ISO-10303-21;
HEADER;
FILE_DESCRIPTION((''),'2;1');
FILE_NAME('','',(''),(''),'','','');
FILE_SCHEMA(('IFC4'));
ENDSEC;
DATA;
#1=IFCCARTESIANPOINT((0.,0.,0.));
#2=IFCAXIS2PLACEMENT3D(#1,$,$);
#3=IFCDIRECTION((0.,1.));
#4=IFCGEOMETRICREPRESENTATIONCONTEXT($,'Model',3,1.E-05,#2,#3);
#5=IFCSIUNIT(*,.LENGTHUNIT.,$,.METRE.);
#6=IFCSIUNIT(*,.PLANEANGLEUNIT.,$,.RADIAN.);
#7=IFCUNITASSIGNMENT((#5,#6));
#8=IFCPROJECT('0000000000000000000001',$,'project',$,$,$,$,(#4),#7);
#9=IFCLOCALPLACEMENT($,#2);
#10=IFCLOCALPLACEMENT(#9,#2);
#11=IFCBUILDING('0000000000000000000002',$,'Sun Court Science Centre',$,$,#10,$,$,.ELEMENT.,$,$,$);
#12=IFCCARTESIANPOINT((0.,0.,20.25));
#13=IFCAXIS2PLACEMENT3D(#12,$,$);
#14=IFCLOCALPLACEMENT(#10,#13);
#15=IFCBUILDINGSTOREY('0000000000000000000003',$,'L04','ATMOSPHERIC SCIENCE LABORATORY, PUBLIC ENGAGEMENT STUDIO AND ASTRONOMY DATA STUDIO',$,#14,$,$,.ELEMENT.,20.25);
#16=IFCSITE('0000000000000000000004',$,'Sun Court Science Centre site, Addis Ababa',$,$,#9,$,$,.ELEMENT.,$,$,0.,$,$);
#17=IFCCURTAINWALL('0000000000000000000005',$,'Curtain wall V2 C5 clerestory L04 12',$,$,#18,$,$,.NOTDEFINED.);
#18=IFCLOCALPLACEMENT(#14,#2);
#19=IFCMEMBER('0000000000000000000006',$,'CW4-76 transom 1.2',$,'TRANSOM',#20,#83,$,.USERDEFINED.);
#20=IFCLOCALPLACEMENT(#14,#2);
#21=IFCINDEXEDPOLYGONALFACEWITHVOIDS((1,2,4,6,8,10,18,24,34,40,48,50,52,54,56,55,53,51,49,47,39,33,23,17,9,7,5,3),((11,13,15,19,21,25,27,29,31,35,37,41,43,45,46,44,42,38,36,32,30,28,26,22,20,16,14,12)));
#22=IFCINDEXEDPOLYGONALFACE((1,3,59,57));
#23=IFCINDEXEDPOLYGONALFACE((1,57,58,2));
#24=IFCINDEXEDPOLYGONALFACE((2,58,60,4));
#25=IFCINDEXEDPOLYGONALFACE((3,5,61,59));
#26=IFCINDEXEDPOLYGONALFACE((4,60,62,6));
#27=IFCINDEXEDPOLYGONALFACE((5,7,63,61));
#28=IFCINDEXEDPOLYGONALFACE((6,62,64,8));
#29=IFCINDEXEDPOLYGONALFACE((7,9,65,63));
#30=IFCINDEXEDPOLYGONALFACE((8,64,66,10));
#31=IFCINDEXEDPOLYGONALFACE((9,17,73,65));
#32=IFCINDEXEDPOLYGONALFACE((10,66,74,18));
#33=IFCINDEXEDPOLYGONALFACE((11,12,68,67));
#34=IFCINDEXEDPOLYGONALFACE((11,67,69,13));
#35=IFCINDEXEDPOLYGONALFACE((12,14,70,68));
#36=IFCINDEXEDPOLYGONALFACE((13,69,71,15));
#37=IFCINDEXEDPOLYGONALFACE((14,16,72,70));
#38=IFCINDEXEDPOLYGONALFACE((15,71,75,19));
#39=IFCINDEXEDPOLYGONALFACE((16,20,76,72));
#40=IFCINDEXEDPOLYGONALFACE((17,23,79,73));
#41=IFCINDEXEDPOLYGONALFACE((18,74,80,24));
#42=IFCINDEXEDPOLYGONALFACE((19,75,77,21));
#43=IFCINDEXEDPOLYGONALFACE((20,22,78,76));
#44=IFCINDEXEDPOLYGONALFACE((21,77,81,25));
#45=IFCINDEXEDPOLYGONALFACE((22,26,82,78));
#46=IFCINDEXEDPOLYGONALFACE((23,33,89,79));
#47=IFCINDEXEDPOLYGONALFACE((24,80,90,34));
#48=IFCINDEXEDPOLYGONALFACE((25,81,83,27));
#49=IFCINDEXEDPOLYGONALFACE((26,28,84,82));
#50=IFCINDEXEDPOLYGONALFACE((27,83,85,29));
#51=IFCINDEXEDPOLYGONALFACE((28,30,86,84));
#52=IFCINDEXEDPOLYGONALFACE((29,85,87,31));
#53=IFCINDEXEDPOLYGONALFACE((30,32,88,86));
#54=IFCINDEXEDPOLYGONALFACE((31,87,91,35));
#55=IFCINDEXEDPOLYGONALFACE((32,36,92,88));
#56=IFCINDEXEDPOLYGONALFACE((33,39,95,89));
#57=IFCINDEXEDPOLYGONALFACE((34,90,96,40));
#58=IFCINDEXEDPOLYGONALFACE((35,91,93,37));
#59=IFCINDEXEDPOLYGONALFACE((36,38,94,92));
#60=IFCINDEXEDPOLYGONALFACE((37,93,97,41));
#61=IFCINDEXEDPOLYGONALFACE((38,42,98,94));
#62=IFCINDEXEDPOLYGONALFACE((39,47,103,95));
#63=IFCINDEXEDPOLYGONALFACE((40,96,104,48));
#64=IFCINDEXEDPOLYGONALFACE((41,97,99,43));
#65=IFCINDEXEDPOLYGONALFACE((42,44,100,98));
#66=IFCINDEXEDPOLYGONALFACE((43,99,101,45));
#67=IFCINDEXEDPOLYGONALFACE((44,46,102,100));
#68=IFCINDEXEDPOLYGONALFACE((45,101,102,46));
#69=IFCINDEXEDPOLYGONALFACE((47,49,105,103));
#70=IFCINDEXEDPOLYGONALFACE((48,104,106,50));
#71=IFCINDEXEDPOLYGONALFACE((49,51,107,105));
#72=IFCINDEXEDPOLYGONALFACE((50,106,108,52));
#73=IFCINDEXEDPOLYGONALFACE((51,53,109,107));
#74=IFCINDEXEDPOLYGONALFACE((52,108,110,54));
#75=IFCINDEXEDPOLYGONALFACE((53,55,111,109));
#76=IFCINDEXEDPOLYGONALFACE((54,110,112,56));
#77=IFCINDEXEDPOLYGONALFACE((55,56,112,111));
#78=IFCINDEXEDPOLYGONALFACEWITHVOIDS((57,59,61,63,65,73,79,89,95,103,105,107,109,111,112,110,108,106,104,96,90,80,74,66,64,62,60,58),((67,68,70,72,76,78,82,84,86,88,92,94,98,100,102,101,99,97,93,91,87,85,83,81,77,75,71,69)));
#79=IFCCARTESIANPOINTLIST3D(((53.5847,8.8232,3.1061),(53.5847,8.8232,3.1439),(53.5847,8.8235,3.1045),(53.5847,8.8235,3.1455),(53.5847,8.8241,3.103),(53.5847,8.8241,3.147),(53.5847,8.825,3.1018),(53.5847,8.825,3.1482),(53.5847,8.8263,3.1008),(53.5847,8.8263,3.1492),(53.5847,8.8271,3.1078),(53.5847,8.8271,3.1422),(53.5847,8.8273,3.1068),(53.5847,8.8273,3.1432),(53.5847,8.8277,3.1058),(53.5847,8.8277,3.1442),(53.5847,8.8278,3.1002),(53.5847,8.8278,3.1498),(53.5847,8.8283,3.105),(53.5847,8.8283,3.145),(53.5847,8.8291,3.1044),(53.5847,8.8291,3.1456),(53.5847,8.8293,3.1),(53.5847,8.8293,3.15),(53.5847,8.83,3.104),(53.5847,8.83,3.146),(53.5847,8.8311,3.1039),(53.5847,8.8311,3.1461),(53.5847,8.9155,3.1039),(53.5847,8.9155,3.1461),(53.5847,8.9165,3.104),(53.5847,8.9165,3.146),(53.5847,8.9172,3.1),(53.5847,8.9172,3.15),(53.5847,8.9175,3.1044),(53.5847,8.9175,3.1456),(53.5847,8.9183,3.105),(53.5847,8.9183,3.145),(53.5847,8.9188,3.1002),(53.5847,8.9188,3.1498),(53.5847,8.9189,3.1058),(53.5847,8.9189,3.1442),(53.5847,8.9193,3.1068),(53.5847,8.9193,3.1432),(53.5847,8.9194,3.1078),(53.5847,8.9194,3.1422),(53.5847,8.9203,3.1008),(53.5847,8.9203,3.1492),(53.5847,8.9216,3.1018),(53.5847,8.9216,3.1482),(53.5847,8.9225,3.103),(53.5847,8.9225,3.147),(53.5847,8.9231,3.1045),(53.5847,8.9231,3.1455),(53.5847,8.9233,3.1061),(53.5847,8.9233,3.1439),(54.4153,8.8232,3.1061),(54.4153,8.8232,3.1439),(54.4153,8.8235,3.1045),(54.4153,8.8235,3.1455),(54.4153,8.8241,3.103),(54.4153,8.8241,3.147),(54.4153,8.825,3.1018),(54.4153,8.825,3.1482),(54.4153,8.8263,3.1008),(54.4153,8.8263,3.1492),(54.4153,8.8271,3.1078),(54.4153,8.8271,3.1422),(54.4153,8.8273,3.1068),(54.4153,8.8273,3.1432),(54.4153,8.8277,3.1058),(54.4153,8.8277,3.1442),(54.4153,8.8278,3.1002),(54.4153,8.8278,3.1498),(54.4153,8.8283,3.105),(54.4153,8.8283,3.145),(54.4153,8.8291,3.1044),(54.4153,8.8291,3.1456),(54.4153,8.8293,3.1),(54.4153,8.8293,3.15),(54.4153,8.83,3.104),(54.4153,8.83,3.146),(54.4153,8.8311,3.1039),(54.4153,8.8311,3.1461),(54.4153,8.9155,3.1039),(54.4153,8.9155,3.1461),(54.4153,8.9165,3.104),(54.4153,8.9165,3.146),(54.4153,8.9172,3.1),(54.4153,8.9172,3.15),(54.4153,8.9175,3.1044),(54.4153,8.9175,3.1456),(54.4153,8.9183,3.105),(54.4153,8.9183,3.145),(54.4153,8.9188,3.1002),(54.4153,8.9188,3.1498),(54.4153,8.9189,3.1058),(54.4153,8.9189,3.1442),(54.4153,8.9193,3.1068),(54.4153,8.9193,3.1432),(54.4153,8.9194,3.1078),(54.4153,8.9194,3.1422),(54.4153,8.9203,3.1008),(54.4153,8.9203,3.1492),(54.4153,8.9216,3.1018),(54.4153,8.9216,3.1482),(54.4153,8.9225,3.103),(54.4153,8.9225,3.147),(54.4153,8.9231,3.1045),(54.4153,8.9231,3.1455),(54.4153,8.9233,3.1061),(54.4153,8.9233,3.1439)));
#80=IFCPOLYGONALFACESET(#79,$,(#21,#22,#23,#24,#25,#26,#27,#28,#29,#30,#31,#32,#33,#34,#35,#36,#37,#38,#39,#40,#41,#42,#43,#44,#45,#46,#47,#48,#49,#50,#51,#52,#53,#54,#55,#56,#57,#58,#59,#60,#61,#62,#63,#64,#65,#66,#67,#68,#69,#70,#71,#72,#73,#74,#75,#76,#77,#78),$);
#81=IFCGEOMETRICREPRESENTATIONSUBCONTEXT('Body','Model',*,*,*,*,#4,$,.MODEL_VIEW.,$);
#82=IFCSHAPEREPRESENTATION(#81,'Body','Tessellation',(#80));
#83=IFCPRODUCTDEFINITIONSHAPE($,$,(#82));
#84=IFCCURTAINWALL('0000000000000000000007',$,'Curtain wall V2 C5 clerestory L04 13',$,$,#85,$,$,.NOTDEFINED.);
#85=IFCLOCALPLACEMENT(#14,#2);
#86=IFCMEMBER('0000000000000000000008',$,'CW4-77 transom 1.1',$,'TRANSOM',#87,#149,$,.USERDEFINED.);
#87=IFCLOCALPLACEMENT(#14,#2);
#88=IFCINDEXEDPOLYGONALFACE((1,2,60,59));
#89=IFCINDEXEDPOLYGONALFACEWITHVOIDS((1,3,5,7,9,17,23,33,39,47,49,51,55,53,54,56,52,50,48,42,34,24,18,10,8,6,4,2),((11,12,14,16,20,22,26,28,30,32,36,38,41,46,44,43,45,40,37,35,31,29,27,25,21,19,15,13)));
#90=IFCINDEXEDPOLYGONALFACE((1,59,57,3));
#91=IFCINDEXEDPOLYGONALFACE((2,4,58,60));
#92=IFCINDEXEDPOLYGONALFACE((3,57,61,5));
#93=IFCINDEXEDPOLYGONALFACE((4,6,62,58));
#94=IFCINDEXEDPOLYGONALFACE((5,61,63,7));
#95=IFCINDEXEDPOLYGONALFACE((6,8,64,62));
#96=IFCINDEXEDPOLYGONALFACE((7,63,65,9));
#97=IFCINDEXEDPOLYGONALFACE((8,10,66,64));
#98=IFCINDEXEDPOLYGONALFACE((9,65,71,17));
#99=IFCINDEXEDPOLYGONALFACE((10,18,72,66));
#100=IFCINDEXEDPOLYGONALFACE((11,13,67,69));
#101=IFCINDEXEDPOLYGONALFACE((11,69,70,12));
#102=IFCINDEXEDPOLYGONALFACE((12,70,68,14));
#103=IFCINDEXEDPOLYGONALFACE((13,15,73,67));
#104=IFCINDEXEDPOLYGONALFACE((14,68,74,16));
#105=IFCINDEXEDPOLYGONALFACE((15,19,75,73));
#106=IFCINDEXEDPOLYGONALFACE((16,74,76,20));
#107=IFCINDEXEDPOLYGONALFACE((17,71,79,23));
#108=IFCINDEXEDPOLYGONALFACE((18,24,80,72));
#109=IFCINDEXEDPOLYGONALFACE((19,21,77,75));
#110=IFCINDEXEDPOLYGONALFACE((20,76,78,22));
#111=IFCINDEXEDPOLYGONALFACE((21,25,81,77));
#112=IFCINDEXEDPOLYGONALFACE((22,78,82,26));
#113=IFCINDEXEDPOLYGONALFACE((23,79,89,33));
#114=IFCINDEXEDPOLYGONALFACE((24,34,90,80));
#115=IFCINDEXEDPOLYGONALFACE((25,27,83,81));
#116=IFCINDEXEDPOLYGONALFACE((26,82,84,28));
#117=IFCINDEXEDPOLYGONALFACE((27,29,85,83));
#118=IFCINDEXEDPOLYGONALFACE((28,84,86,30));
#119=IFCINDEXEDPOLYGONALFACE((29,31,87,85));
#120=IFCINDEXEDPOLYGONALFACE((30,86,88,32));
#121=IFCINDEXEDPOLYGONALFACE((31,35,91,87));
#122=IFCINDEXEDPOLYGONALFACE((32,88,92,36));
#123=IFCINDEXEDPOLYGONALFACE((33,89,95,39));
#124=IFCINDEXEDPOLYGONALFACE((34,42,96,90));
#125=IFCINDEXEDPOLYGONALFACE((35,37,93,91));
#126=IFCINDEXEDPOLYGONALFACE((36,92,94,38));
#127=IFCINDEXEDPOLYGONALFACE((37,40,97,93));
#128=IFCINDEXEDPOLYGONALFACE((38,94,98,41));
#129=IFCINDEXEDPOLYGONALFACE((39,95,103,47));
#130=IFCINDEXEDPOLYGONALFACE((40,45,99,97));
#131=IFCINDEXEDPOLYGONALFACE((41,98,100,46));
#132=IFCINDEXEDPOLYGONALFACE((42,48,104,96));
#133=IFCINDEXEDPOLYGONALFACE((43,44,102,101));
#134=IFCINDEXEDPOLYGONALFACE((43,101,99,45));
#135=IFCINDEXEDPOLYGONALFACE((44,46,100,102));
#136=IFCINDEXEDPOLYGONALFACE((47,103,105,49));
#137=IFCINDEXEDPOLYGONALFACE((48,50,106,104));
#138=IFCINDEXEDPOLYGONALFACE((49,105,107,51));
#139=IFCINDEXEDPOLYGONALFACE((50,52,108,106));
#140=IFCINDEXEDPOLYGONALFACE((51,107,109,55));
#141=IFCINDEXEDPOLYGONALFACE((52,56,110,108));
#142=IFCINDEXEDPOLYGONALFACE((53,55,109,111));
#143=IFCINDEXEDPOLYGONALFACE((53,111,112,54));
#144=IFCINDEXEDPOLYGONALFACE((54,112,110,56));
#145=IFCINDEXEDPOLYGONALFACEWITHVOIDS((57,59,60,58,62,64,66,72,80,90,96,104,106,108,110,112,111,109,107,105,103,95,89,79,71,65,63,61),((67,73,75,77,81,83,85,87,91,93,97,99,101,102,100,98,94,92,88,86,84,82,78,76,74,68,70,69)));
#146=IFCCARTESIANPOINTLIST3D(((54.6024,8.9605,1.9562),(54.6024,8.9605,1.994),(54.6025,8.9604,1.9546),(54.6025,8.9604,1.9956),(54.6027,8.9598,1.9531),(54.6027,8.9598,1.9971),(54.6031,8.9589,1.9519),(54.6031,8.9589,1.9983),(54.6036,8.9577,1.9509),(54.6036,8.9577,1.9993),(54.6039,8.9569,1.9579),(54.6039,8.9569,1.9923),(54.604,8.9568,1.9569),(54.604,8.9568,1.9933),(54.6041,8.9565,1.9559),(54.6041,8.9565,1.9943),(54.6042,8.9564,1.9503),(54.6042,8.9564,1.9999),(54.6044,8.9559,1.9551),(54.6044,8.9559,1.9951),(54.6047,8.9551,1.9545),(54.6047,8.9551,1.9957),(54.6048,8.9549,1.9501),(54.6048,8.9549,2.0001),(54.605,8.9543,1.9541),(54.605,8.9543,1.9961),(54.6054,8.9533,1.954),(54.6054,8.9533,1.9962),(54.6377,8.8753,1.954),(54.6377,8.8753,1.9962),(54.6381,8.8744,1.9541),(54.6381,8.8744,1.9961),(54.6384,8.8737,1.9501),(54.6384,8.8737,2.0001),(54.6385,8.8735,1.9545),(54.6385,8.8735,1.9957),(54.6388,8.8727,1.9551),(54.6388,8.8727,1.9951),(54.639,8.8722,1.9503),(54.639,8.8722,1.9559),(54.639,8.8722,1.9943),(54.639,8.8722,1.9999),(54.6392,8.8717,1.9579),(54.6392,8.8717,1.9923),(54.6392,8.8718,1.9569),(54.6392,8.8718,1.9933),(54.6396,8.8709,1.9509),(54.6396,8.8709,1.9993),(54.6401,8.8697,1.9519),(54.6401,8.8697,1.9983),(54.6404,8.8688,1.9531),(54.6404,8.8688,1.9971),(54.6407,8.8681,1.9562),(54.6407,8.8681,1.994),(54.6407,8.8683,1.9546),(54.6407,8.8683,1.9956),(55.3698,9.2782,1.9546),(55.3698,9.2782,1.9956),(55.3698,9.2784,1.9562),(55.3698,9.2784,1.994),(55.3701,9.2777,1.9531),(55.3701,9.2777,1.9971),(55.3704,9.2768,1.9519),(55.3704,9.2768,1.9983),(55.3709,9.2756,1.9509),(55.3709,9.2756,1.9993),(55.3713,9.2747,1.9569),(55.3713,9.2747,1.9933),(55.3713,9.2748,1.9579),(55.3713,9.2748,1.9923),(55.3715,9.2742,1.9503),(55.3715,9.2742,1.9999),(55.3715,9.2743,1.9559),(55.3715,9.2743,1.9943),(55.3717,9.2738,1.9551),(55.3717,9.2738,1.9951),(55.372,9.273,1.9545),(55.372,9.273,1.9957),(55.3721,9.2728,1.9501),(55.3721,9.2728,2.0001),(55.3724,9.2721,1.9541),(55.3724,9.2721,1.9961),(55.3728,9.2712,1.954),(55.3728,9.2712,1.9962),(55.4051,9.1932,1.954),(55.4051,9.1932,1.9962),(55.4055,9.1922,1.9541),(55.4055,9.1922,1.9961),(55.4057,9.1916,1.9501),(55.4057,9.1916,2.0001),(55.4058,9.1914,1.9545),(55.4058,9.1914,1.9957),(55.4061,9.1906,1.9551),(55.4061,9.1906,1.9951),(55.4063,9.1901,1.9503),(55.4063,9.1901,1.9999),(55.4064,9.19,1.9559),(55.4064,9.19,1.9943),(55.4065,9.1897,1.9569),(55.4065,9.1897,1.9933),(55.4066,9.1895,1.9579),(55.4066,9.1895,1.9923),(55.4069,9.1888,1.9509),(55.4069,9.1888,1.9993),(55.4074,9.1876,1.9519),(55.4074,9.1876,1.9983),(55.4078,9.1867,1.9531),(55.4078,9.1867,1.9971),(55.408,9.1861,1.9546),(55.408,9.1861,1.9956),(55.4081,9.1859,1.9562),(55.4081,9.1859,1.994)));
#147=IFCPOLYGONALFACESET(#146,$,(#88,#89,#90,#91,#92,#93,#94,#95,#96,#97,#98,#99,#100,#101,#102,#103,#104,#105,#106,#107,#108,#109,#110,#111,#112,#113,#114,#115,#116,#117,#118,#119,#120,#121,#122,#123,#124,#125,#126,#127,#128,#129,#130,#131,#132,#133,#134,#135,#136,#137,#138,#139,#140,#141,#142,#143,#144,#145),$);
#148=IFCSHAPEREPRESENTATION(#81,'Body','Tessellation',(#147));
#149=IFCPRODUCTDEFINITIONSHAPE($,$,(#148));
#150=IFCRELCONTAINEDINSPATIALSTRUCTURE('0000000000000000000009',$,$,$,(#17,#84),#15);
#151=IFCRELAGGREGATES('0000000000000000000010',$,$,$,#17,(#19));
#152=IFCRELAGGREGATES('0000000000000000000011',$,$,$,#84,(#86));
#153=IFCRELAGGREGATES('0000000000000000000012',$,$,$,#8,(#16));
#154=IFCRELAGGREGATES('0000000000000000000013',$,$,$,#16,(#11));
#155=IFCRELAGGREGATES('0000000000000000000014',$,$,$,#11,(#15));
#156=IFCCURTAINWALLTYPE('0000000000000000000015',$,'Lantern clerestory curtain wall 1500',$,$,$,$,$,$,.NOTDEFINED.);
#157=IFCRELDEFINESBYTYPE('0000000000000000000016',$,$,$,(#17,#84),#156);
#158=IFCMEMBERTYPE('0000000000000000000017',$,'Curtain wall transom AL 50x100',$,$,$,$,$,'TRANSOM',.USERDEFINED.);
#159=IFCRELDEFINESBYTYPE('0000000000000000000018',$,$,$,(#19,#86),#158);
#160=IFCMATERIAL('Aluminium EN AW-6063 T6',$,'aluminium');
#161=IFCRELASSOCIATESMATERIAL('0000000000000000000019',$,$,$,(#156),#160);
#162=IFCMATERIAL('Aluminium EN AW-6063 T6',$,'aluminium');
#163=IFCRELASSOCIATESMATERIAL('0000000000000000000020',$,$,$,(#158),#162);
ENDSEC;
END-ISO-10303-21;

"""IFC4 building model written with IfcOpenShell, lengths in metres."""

from ifc_helpers import new_model, si_unit, direction, frame, origin, origin_2d, place, context, subcontext, project, spatial, hollow_rectangle, extrude, material, material_profile, profile_set, type_object, element, aggregate, save


model = new_model("IFC4")

# Units and contexts
model_context = context("Model", 3, precision=1e-05, world=origin(), true_north=direction((0.0, 1.0)))
body_context = subcontext(model_context, "Body", "Model", "MODEL_VIEW")
ifc_project = project(units=[si_unit("LENGTHUNIT", "METRE"), si_unit("PLANEANGLEUNIT", "RADIAN")], contexts=[model_context])

# Site, building, storey
site_placement = place(None, origin())
site = spatial("IfcSite", under=ifc_project, at=site_placement, Name="Sun Court Science Centre site, Addis Ababa", CompositionType="ELEMENT", RefElevation=0.0)
building_placement = place(site_placement, origin())
building = spatial("IfcBuilding", under=site, at=building_placement, Name="Sun Court Science Centre", CompositionType="ELEMENT")
storey_placement = place(building_placement, frame((0.0, 0.0, 20.25)))
storey = spatial("IfcBuildingStorey", under=building, at=storey_placement, Name="L04", Description="ATMOSPHERIC SCIENCE LABORATORY, PUBLIC ENGAGEMENT STUDIO AND ASTRONOMY DATA STUDIO", CompositionType="ELEMENT", Elevation=20.25)

# Shared definitions
ifc_material_1 = material(Name="Aluminium EN AW-6063 T6", Category="aluminium")
curtain_wall_type = type_object("IfcCurtainWallType", Name="Lantern clerestory curtain wall 1500", PredefinedType="NOTDEFINED", material=ifc_material_1)

# Curtain walls, members
curtain_wall_1_placement = place(storey_placement, origin())
curtain_wall_1 = element("IfcCurtainWall", 1, at=curtain_wall_1_placement, inside=storey, type_object=curtain_wall_type, Name="Curtain wall V2 C5 clerestory L04 12", PredefinedType="NOTDEFINED")
ifc_material_2 = material(Name="Aluminium EN AW-6063 T6", Category="aluminium")
ifc_material_profile_1 = material_profile(ifc_material_2, hollow_rectangle(XDim=0.05, YDim=0.1001, WallThickness=0.0039, InnerFilletRadius=0.0039, OuterFilletRadius=0.0061, at=origin_2d()), Name="AL 50x100x4")
ifc_profile_set_1 = profile_set([ifc_material_profile_1], Name="Aluminium EN AW-6063 T6")
member_type_1 = type_object("IfcMemberType", Name="Curtain wall transom AL 50x100", ElementType="TRANSOM", PredefinedType="USERDEFINED", material=ifc_profile_set_1)
member_1_placement = place(storey_placement, frame((54.4153, 8.8733, 3.125), z_axis=(-1.0, 0.0, 0.0), x_axis=(0.0, 0.0, 1.0)))
member_1 = element("IfcMember", 2, at=member_1_placement, type_object=member_type_1, Name="CW4-76 transom 1.2", ObjectType="TRANSOM", PredefinedType="USERDEFINED", context=body_context, shape_type="SweptSolid", body=[
    extrude(hollow_rectangle(XDim=0.05, YDim=0.1001, WallThickness=0.0039, InnerFilletRadius=0.0039, OuterFilletRadius=0.0061, at=origin_2d()), origin(), (0.0, 0.0, 1.0), 0.8306),
])
curtain_wall_2_placement = place(storey_placement, origin())
curtain_wall_2 = element("IfcCurtainWall", 3, at=curtain_wall_2_placement, inside=storey, type_object=curtain_wall_type, Name="Curtain wall V2 C5 clerestory L04 13", PredefinedType="NOTDEFINED")
member_2_placement = place(storey_placement, frame((55.3889, 9.2322, 1.9751), z_axis=(-0.923866, -0.382715, 0.0), x_axis=(0.0, 0.0, 1.0)))
member_2 = element("IfcMember", 4, at=member_2_placement, type_object=member_type_1, Name="CW4-77 transom 1.1", ObjectType="TRANSOM", PredefinedType="USERDEFINED", context=body_context, shape_type="SweptSolid", body=[
    extrude(hollow_rectangle(XDim=0.05, YDim=0.1001, WallThickness=0.0039, InnerFilletRadius=0.0039, OuterFilletRadius=0.0061, at=origin_2d()), origin(), (0.0, 0.0, 1.0), 0.8306),
])

aggregate(curtain_wall_1, [member_1])
aggregate(curtain_wall_2, [member_2])

save(model, "model.ifc")
